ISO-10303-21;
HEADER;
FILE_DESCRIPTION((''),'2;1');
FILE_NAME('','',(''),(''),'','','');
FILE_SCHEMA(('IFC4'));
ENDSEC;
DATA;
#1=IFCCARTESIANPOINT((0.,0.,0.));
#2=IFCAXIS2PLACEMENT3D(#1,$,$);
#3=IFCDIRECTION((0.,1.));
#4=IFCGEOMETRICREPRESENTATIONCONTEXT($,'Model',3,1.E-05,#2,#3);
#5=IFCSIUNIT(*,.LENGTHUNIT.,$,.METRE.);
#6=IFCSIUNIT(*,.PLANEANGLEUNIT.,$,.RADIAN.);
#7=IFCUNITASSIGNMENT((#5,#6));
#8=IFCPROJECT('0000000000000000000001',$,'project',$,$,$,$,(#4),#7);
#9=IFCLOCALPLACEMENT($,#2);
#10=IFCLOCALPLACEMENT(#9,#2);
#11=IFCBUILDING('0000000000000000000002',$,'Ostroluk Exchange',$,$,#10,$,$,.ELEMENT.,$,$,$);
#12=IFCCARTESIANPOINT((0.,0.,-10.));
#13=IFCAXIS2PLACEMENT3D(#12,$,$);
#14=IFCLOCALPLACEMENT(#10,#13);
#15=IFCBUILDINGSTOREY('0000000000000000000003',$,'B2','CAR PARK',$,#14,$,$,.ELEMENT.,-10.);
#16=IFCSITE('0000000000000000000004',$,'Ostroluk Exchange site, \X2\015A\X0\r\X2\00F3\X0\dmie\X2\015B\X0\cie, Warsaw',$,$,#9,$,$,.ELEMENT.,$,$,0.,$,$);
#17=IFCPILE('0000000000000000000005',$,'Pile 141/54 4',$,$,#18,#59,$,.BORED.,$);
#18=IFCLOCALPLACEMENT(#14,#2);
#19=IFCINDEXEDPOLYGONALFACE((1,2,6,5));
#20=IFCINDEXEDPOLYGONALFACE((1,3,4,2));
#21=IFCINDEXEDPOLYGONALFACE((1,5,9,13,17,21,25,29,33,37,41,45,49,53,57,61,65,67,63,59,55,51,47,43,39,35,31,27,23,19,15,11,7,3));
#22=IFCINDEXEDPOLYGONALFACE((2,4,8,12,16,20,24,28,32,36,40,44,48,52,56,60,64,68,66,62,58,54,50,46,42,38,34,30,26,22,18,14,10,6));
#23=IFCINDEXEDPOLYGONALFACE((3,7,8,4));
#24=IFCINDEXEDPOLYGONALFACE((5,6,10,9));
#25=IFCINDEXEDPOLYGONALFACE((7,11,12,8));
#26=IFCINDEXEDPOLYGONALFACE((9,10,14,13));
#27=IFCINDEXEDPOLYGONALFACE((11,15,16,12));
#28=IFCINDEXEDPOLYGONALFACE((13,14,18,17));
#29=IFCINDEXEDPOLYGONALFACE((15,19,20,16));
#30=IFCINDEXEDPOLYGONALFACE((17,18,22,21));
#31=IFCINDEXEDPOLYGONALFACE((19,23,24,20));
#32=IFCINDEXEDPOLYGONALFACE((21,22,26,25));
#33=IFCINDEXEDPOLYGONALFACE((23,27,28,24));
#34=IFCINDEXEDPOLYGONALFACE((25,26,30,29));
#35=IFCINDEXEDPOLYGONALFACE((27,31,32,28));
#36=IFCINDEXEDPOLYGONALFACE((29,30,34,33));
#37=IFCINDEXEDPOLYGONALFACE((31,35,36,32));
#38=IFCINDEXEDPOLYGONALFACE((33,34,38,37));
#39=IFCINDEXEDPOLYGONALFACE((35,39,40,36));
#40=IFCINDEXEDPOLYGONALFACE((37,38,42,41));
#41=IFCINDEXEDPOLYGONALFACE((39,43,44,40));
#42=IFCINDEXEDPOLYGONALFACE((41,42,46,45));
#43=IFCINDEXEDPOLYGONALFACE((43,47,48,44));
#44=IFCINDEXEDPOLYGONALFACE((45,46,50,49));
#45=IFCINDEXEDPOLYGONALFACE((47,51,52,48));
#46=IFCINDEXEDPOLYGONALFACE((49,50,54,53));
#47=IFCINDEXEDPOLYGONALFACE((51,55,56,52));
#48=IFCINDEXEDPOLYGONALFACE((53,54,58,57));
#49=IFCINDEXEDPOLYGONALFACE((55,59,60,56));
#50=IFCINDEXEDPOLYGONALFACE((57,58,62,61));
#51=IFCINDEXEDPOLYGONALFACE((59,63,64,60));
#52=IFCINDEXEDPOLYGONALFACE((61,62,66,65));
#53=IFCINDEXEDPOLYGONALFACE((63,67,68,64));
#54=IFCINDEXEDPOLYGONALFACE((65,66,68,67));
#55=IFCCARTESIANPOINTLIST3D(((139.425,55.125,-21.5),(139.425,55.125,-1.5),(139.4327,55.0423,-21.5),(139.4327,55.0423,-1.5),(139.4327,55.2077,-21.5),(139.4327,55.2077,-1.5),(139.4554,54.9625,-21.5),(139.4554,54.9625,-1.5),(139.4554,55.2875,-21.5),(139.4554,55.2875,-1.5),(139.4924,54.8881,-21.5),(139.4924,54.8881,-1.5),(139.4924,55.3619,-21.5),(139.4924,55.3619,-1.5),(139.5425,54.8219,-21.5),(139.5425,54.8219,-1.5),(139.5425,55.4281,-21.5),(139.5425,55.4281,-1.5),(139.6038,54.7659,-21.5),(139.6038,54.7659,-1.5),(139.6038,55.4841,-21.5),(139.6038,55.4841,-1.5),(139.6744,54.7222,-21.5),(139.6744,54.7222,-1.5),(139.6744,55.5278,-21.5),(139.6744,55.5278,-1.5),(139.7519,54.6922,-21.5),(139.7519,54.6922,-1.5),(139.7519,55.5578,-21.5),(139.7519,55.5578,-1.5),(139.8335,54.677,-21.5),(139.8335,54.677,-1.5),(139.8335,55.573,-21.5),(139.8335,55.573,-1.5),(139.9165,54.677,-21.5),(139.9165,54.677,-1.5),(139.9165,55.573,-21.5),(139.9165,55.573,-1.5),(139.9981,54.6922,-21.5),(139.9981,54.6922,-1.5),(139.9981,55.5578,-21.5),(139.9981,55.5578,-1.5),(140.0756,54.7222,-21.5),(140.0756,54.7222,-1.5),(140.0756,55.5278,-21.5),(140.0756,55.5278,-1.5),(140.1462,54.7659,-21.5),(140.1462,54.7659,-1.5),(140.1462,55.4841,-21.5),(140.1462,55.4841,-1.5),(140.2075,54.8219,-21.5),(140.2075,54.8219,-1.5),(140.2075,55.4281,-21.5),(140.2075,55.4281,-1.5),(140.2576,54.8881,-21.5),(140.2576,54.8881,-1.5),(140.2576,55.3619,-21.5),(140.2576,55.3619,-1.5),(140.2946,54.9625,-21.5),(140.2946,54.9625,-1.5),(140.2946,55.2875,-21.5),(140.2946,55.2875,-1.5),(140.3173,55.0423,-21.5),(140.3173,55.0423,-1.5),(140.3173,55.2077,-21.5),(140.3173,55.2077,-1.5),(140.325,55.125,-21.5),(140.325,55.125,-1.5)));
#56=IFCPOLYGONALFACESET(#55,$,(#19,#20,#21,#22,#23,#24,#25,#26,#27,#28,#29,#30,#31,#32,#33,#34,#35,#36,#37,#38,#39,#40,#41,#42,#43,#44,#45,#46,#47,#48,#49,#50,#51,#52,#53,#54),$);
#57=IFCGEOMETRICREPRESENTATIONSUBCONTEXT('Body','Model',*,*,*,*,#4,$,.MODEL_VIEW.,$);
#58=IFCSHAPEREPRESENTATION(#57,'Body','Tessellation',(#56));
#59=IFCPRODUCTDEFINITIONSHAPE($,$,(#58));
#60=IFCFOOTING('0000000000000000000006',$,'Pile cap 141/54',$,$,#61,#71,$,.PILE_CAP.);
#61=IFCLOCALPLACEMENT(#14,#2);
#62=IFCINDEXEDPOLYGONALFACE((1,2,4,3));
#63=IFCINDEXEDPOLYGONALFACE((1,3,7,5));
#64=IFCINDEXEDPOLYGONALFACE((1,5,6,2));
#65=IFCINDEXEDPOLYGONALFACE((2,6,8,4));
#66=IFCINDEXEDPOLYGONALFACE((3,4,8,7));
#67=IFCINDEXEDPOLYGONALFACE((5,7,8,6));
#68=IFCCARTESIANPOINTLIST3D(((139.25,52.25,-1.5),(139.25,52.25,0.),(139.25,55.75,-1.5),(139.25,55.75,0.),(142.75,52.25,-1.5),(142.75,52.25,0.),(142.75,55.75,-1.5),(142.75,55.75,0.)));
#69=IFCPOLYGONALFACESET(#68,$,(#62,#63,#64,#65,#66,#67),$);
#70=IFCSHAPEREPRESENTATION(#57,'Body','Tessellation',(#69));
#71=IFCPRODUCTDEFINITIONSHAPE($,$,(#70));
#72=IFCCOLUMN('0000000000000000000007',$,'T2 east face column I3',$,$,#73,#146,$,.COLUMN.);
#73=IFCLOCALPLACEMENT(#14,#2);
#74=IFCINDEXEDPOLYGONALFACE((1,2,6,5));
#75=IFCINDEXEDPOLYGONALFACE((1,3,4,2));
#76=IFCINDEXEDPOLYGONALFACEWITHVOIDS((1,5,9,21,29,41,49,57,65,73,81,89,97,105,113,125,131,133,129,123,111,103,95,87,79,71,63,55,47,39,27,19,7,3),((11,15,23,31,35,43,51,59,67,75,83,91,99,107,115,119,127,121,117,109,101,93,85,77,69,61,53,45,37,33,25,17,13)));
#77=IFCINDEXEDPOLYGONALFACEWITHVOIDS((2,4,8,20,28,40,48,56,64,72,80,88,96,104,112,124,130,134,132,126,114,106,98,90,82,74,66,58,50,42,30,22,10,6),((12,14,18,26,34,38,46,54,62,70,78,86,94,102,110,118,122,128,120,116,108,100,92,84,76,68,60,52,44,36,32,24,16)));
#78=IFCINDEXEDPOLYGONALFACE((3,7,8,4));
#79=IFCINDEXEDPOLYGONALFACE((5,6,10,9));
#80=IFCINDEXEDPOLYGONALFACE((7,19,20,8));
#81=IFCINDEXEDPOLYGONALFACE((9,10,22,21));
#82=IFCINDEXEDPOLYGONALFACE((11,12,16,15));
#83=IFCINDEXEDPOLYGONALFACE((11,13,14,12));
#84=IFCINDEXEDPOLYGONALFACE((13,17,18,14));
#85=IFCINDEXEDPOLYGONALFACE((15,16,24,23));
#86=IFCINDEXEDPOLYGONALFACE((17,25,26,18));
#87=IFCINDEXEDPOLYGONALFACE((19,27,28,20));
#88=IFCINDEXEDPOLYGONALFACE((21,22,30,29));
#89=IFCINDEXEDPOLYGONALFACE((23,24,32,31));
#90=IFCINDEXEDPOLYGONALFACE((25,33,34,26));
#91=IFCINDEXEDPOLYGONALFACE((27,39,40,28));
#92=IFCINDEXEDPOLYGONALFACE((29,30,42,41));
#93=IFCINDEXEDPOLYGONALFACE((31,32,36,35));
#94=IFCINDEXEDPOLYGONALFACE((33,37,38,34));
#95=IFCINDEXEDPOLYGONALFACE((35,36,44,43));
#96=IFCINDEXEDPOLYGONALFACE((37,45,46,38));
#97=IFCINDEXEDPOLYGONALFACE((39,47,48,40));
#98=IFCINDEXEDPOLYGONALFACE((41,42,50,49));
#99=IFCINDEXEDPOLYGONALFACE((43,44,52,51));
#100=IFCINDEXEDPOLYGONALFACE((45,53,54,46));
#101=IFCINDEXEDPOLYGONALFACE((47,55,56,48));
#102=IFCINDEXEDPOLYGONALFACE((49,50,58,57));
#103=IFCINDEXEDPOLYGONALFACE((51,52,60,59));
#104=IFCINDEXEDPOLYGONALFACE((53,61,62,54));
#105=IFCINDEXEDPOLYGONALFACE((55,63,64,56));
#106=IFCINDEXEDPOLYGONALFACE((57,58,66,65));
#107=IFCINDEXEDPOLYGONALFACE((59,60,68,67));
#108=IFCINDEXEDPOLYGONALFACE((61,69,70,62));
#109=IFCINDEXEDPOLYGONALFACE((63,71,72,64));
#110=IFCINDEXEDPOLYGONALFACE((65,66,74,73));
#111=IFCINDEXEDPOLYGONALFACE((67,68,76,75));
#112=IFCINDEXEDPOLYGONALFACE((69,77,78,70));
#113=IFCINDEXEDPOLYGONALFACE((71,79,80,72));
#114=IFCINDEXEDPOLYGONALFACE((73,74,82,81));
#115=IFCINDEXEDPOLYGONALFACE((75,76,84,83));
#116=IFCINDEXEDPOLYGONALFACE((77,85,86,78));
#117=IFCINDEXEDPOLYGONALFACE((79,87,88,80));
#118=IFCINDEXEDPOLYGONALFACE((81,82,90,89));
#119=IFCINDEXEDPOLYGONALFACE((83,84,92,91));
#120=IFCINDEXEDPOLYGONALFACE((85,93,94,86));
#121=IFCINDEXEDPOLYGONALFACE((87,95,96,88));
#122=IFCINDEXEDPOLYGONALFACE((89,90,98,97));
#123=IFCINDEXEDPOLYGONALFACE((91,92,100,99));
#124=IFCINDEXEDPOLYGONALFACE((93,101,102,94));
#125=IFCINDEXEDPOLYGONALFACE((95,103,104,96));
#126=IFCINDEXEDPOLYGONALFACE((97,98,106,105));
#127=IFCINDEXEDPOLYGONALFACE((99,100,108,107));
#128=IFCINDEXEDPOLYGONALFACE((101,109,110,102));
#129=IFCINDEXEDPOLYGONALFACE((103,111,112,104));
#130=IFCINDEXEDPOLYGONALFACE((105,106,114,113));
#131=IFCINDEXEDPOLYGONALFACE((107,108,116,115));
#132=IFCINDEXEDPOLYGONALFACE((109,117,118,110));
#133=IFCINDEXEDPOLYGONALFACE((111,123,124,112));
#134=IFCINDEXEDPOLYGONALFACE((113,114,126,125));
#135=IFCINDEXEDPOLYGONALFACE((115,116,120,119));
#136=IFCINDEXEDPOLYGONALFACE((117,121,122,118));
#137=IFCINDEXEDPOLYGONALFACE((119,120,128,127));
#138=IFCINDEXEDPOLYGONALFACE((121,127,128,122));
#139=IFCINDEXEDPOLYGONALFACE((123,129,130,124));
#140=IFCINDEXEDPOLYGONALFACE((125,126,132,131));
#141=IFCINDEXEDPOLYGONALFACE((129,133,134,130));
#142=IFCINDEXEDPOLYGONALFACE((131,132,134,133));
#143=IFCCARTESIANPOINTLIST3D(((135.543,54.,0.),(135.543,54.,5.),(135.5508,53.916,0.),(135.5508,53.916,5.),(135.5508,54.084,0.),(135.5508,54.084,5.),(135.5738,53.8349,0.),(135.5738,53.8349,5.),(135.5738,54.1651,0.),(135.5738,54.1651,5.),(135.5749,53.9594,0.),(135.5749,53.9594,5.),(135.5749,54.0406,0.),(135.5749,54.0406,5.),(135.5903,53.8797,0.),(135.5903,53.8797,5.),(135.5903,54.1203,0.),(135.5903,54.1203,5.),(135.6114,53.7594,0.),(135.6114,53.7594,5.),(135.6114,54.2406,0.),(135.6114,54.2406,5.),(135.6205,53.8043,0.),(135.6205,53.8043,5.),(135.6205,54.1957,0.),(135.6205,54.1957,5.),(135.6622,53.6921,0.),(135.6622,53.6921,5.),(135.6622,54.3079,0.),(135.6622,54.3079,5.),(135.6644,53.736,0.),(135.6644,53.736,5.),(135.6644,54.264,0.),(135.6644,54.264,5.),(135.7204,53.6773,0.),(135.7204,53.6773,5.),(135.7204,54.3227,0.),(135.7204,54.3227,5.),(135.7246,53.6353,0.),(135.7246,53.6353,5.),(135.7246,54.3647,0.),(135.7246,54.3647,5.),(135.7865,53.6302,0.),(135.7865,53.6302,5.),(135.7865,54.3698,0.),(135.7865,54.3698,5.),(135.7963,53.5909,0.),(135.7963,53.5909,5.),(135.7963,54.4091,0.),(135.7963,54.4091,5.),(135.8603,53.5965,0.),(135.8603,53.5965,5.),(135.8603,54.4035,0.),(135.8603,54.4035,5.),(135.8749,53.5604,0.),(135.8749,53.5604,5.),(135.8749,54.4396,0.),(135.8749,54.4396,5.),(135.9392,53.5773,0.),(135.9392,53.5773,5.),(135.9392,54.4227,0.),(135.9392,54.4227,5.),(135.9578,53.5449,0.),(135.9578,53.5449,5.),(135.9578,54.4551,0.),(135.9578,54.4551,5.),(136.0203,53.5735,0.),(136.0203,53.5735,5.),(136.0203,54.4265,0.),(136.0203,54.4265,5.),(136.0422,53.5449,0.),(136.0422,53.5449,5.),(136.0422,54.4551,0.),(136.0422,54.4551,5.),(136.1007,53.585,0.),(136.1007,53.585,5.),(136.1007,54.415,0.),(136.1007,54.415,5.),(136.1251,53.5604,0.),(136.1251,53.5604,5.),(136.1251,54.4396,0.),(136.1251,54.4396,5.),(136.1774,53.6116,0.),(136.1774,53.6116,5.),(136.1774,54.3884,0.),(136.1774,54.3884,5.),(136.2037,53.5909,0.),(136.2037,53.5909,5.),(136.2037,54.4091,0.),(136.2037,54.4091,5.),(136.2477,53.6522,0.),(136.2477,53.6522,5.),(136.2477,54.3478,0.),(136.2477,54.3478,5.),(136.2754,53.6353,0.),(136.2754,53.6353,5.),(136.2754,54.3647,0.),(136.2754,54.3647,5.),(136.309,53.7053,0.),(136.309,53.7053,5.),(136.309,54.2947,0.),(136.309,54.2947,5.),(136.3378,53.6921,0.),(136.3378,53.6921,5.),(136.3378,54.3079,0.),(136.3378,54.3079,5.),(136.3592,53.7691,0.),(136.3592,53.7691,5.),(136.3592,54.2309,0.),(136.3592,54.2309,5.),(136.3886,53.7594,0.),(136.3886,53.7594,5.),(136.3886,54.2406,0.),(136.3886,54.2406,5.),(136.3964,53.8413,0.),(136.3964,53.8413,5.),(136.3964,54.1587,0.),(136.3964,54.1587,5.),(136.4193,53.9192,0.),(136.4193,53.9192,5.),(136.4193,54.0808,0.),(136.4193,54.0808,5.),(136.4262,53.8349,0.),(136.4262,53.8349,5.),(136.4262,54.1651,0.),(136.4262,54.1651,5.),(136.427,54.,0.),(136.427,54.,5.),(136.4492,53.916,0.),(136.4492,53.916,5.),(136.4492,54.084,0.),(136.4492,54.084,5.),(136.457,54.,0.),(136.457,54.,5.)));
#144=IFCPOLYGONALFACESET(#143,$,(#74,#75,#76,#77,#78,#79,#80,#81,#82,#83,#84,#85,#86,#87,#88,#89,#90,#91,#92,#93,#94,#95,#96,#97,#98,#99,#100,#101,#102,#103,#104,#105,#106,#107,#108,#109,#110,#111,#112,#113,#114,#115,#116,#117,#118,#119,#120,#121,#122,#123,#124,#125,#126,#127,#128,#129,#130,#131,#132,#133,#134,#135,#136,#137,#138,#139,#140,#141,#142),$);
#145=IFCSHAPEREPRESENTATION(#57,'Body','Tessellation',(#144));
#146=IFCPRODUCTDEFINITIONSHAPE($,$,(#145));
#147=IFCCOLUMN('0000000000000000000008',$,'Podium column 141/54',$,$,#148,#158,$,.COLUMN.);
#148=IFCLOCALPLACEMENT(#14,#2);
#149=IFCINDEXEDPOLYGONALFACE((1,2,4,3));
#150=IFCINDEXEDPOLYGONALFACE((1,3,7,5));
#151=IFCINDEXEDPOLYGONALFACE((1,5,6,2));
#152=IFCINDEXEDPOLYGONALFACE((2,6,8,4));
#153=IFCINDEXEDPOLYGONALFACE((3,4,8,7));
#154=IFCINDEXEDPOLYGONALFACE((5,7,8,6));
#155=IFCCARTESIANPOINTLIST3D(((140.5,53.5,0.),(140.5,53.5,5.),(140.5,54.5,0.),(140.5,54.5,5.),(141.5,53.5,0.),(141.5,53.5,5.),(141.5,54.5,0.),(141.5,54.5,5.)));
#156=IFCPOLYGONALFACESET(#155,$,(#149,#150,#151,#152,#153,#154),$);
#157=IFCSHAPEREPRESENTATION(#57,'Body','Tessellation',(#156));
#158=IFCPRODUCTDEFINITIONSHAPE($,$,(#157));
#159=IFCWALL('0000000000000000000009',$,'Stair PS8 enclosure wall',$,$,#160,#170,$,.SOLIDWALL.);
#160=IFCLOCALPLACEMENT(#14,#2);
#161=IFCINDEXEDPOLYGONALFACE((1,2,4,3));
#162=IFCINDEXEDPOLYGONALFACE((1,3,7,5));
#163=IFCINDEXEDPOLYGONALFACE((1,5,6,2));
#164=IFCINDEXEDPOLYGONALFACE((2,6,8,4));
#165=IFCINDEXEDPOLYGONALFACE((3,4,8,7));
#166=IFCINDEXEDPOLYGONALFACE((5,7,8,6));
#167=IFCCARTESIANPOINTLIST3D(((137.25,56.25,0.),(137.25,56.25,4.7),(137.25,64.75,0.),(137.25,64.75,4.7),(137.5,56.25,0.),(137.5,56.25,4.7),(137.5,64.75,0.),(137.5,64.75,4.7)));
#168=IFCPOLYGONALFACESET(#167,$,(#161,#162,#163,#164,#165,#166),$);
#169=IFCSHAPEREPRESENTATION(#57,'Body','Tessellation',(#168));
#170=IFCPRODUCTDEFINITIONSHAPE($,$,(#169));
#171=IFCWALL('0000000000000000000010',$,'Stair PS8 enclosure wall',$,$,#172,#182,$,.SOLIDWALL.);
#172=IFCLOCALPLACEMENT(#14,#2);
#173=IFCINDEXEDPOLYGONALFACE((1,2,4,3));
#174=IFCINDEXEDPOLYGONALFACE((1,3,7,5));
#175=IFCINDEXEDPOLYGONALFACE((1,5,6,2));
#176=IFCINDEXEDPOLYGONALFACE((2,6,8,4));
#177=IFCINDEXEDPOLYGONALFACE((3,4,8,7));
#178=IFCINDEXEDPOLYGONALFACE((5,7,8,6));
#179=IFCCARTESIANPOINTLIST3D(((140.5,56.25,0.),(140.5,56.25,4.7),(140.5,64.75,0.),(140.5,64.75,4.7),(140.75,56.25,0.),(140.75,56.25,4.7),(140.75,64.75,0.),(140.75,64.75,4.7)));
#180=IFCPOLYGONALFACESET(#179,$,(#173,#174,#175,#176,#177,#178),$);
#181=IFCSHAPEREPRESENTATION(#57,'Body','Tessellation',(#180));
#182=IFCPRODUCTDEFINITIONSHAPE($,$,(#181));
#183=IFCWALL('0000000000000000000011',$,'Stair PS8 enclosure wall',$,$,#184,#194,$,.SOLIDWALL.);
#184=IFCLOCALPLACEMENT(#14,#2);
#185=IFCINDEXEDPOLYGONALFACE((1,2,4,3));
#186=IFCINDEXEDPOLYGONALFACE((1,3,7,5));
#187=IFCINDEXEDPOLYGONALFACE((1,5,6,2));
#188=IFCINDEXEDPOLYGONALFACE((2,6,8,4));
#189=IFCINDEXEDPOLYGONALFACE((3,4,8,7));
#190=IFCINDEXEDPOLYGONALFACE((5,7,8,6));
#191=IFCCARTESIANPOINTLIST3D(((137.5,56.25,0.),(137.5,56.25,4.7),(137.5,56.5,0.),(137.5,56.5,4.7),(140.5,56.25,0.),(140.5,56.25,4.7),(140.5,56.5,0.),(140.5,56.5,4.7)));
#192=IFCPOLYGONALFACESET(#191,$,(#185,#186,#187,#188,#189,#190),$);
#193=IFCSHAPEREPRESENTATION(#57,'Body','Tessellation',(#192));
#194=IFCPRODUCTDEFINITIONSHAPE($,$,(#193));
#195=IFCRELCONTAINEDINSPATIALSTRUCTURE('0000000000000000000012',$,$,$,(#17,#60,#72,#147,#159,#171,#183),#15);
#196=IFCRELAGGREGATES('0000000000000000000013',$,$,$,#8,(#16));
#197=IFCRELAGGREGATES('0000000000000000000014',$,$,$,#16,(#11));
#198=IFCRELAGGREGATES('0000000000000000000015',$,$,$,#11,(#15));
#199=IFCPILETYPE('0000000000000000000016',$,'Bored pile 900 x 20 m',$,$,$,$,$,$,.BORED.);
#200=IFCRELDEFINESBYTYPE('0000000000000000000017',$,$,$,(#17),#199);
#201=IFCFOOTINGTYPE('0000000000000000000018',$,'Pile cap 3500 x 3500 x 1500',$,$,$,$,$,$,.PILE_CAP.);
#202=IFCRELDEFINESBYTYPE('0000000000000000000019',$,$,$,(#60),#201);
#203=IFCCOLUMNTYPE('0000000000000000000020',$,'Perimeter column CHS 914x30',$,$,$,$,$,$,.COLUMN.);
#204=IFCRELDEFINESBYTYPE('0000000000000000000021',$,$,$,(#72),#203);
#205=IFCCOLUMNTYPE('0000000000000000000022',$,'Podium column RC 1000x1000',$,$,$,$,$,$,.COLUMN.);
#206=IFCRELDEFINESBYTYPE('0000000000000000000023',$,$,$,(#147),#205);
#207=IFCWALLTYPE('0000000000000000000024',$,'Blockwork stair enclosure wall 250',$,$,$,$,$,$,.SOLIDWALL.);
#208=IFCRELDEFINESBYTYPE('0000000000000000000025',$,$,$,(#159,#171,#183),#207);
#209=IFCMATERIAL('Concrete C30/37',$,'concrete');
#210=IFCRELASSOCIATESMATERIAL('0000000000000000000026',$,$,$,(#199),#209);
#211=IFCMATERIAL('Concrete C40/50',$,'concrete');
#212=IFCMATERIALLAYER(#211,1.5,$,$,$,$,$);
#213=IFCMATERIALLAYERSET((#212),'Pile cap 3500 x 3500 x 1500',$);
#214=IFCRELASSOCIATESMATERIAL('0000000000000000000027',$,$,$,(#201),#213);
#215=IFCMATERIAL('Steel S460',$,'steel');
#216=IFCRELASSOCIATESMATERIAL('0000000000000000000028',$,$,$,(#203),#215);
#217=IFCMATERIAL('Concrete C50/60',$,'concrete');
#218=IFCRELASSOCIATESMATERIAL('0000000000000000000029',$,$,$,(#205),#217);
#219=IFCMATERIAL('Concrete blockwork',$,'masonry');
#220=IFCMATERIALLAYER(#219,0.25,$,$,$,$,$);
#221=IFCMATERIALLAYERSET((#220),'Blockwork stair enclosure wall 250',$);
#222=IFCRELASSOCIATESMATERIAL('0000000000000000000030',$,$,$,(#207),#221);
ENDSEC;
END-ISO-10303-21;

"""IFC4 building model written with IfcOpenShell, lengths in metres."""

from ifc_helpers import new_model, si_unit, direction, frame, frame_2d, origin, origin_2d, place, context, subcontext, project, spatial, rectangle, circle, hollow_circle, extrude, material, layer, layer_set, material_profile, profile_set, type_object, element, save


model = new_model("IFC4")

# Units and contexts
model_context = context("Model", 3, precision=1e-05, world=origin(), true_north=direction((0.0, 1.0)))
body_context = subcontext(model_context, "Body", "Model", "MODEL_VIEW")
ifc_project = project(units=[si_unit("LENGTHUNIT", "METRE"), si_unit("PLANEANGLEUNIT", "RADIAN")], contexts=[model_context])

# Site, building, storey
site_placement = place(None, origin())
site = spatial("IfcSite", under=ifc_project, at=site_placement, Name="Ostroluk Exchange site, Śródmieście, Warsaw", CompositionType="ELEMENT", RefElevation=0.0)
building_placement = place(site_placement, origin())
building = spatial("IfcBuilding", under=site, at=building_placement, Name="Ostroluk Exchange", CompositionType="ELEMENT")
storey_placement = place(building_placement, frame((0.0, 0.0, -10.0)))
storey = spatial("IfcBuildingStorey", under=building, at=storey_placement, Name="B2", Description="CAR PARK", CompositionType="ELEMENT", Elevation=-10.0)

# Pile
ifc_material_1 = material(Name="Concrete C30/37", Category="concrete")
pile_type_1 = type_object("IfcPileType", Name="Bored pile 900 x 20 m", PredefinedType="BORED", material=ifc_material_1)
for number, where, z_axis, x_axis, name in (
    (1, (139.875, 55.125, -1.5), (0.0, 0.0, -1.0), (1.0, 0.0, 0.0), "Pile 141/54 4"),
):
    element("IfcPile", number, at=place(storey_placement, frame(where, z_axis=z_axis, x_axis=x_axis)), inside=storey, type_object=pile_type_1, Name=name, PredefinedType="BORED", context=body_context, shape_type="SweptSolid", body=[
        extrude(circle(Radius=0.45, at=origin_2d()), origin(), (0.0, 0.0, 1.0), 20.0),
    ])

# Footing
ifc_material_2 = material(Name="Concrete C40/50", Category="concrete")
ifc_layer_1 = layer(ifc_material_2, 1.5)
ifc_layer_set_1 = layer_set([ifc_layer_1], Name="Pile cap 3500 x 3500 x 1500")
footing_type = type_object("IfcFootingType", Name="Pile cap 3500 x 3500 x 1500", PredefinedType="PILE_CAP", material=ifc_layer_set_1)
footing_placement = place(storey_placement, frame((141.0, 54.0, -1.5), z_axis=(0.0, 0.0, 1.0), x_axis=(1.0, 0.0, 0.0)))
element("IfcFooting", 2, at=footing_placement, inside=storey, type_object=footing_type, Name="Pile cap 141/54", PredefinedType="PILE_CAP", context=body_context, shape_type="SweptSolid", body=[
    extrude(rectangle(XDim=3.5, YDim=3.5, at=origin_2d()), origin(), (0.0, 0.0, 1.0), 1.5),
])

# Columns
ifc_material_3 = material(Name="Steel S460", Category="steel")
ifc_material_profile_1 = material_profile(ifc_material_3, hollow_circle(Radius=0.457, WallThickness=0.03, at=origin_2d()), Name="CHS 914x30")
ifc_profile_set_1 = profile_set([ifc_material_profile_1], Name="Steel S460")
column_type_1 = type_object("IfcColumnType", Name="Perimeter column CHS 914x30", PredefinedType="COLUMN", material=ifc_profile_set_1)
column_1_placement = place(storey_placement, frame((136.0, 54.0, 0.0), z_axis=(0.0, 0.0, 1.0), x_axis=(1.0, 0.0, 0.0)))
element("IfcColumn", 3, at=column_1_placement, inside=storey, type_object=column_type_1, Name="T2 east face column I3", PredefinedType="COLUMN", context=body_context, shape_type="SweptSolid", body=[
    extrude(hollow_circle(Radius=0.457, WallThickness=0.03, at=origin_2d()), origin(), (0.0, 0.0, 1.0), 5.0),
])
ifc_material_4 = material(Name="Concrete C50/60", Category="concrete")
ifc_material_profile_2 = material_profile(ifc_material_4, rectangle(XDim=1.0, YDim=1.0, at=origin_2d()), Name="RC 1000x1000")
ifc_profile_set_2 = profile_set([ifc_material_profile_2], Name="Concrete C50/60")
column_type_2 = type_object("IfcColumnType", Name="Podium column RC 1000x1000", PredefinedType="COLUMN", material=ifc_profile_set_2)
column_2_placement = place(storey_placement, frame((141.0, 54.0, 0.0), z_axis=(0.0, 0.0, 1.0), x_axis=(1.0, 0.0, 0.0)))
element("IfcColumn", 4, at=column_2_placement, inside=storey, type_object=column_type_2, Name="Podium column 141/54", PredefinedType="COLUMN", context=body_context, shape_type="SweptSolid", body=[
    extrude(rectangle(XDim=1.0, YDim=1.0, at=origin_2d()), origin(), (0.0, 0.0, 1.0), 5.0),
])

# Walls
ifc_material_5 = material(Name="Concrete blockwork", Category="masonry")
ifc_layer_2 = layer(ifc_material_5, 0.25)
ifc_layer_set_2 = layer_set([ifc_layer_2], Name="Blockwork stair enclosure wall 250")
wall_type = type_object("IfcWallType", Name="Blockwork stair enclosure wall 250", PredefinedType="SOLIDWALL", material=ifc_layer_set_2)
for number, where, z_axis, x_axis, name in (
    (5, (137.375, 56.25, 0.0), (0.0, 0.0, 1.0), (0.0, 1.0, 0.0), "Stair PS8 enclosure wall"),
    (6, (140.625, 56.25, 0.0), (0.0, 0.0, 1.0), (0.0, 1.0, 0.0), "Stair PS8 enclosure wall"),
):
    element("IfcWall", number, at=place(storey_placement, frame(where, z_axis=z_axis, x_axis=x_axis)), inside=storey, type_object=wall_type, Name=name, PredefinedType="SOLIDWALL", context=body_context, shape_type="SweptSolid", body=[
        extrude(rectangle(XDim=8.5, YDim=0.25, at=frame_2d((4.25, 0.0))), origin(), (0.0, 0.0, 1.0), 4.7),
    ])
wall_placement = place(storey_placement, frame((137.5, 56.375, 0.0), z_axis=(0.0, 0.0, 1.0), x_axis=(1.0, 0.0, 0.0)))
element("IfcWall", 7, at=wall_placement, inside=storey, type_object=wall_type, Name="Stair PS8 enclosure wall", PredefinedType="SOLIDWALL", context=body_context, shape_type="SweptSolid", body=[
    extrude(rectangle(XDim=3.0, YDim=0.25, at=frame_2d((1.5, 0.0))), origin(), (0.0, 0.0, 1.0), 4.7),
])

save(model, "model.ifc")
